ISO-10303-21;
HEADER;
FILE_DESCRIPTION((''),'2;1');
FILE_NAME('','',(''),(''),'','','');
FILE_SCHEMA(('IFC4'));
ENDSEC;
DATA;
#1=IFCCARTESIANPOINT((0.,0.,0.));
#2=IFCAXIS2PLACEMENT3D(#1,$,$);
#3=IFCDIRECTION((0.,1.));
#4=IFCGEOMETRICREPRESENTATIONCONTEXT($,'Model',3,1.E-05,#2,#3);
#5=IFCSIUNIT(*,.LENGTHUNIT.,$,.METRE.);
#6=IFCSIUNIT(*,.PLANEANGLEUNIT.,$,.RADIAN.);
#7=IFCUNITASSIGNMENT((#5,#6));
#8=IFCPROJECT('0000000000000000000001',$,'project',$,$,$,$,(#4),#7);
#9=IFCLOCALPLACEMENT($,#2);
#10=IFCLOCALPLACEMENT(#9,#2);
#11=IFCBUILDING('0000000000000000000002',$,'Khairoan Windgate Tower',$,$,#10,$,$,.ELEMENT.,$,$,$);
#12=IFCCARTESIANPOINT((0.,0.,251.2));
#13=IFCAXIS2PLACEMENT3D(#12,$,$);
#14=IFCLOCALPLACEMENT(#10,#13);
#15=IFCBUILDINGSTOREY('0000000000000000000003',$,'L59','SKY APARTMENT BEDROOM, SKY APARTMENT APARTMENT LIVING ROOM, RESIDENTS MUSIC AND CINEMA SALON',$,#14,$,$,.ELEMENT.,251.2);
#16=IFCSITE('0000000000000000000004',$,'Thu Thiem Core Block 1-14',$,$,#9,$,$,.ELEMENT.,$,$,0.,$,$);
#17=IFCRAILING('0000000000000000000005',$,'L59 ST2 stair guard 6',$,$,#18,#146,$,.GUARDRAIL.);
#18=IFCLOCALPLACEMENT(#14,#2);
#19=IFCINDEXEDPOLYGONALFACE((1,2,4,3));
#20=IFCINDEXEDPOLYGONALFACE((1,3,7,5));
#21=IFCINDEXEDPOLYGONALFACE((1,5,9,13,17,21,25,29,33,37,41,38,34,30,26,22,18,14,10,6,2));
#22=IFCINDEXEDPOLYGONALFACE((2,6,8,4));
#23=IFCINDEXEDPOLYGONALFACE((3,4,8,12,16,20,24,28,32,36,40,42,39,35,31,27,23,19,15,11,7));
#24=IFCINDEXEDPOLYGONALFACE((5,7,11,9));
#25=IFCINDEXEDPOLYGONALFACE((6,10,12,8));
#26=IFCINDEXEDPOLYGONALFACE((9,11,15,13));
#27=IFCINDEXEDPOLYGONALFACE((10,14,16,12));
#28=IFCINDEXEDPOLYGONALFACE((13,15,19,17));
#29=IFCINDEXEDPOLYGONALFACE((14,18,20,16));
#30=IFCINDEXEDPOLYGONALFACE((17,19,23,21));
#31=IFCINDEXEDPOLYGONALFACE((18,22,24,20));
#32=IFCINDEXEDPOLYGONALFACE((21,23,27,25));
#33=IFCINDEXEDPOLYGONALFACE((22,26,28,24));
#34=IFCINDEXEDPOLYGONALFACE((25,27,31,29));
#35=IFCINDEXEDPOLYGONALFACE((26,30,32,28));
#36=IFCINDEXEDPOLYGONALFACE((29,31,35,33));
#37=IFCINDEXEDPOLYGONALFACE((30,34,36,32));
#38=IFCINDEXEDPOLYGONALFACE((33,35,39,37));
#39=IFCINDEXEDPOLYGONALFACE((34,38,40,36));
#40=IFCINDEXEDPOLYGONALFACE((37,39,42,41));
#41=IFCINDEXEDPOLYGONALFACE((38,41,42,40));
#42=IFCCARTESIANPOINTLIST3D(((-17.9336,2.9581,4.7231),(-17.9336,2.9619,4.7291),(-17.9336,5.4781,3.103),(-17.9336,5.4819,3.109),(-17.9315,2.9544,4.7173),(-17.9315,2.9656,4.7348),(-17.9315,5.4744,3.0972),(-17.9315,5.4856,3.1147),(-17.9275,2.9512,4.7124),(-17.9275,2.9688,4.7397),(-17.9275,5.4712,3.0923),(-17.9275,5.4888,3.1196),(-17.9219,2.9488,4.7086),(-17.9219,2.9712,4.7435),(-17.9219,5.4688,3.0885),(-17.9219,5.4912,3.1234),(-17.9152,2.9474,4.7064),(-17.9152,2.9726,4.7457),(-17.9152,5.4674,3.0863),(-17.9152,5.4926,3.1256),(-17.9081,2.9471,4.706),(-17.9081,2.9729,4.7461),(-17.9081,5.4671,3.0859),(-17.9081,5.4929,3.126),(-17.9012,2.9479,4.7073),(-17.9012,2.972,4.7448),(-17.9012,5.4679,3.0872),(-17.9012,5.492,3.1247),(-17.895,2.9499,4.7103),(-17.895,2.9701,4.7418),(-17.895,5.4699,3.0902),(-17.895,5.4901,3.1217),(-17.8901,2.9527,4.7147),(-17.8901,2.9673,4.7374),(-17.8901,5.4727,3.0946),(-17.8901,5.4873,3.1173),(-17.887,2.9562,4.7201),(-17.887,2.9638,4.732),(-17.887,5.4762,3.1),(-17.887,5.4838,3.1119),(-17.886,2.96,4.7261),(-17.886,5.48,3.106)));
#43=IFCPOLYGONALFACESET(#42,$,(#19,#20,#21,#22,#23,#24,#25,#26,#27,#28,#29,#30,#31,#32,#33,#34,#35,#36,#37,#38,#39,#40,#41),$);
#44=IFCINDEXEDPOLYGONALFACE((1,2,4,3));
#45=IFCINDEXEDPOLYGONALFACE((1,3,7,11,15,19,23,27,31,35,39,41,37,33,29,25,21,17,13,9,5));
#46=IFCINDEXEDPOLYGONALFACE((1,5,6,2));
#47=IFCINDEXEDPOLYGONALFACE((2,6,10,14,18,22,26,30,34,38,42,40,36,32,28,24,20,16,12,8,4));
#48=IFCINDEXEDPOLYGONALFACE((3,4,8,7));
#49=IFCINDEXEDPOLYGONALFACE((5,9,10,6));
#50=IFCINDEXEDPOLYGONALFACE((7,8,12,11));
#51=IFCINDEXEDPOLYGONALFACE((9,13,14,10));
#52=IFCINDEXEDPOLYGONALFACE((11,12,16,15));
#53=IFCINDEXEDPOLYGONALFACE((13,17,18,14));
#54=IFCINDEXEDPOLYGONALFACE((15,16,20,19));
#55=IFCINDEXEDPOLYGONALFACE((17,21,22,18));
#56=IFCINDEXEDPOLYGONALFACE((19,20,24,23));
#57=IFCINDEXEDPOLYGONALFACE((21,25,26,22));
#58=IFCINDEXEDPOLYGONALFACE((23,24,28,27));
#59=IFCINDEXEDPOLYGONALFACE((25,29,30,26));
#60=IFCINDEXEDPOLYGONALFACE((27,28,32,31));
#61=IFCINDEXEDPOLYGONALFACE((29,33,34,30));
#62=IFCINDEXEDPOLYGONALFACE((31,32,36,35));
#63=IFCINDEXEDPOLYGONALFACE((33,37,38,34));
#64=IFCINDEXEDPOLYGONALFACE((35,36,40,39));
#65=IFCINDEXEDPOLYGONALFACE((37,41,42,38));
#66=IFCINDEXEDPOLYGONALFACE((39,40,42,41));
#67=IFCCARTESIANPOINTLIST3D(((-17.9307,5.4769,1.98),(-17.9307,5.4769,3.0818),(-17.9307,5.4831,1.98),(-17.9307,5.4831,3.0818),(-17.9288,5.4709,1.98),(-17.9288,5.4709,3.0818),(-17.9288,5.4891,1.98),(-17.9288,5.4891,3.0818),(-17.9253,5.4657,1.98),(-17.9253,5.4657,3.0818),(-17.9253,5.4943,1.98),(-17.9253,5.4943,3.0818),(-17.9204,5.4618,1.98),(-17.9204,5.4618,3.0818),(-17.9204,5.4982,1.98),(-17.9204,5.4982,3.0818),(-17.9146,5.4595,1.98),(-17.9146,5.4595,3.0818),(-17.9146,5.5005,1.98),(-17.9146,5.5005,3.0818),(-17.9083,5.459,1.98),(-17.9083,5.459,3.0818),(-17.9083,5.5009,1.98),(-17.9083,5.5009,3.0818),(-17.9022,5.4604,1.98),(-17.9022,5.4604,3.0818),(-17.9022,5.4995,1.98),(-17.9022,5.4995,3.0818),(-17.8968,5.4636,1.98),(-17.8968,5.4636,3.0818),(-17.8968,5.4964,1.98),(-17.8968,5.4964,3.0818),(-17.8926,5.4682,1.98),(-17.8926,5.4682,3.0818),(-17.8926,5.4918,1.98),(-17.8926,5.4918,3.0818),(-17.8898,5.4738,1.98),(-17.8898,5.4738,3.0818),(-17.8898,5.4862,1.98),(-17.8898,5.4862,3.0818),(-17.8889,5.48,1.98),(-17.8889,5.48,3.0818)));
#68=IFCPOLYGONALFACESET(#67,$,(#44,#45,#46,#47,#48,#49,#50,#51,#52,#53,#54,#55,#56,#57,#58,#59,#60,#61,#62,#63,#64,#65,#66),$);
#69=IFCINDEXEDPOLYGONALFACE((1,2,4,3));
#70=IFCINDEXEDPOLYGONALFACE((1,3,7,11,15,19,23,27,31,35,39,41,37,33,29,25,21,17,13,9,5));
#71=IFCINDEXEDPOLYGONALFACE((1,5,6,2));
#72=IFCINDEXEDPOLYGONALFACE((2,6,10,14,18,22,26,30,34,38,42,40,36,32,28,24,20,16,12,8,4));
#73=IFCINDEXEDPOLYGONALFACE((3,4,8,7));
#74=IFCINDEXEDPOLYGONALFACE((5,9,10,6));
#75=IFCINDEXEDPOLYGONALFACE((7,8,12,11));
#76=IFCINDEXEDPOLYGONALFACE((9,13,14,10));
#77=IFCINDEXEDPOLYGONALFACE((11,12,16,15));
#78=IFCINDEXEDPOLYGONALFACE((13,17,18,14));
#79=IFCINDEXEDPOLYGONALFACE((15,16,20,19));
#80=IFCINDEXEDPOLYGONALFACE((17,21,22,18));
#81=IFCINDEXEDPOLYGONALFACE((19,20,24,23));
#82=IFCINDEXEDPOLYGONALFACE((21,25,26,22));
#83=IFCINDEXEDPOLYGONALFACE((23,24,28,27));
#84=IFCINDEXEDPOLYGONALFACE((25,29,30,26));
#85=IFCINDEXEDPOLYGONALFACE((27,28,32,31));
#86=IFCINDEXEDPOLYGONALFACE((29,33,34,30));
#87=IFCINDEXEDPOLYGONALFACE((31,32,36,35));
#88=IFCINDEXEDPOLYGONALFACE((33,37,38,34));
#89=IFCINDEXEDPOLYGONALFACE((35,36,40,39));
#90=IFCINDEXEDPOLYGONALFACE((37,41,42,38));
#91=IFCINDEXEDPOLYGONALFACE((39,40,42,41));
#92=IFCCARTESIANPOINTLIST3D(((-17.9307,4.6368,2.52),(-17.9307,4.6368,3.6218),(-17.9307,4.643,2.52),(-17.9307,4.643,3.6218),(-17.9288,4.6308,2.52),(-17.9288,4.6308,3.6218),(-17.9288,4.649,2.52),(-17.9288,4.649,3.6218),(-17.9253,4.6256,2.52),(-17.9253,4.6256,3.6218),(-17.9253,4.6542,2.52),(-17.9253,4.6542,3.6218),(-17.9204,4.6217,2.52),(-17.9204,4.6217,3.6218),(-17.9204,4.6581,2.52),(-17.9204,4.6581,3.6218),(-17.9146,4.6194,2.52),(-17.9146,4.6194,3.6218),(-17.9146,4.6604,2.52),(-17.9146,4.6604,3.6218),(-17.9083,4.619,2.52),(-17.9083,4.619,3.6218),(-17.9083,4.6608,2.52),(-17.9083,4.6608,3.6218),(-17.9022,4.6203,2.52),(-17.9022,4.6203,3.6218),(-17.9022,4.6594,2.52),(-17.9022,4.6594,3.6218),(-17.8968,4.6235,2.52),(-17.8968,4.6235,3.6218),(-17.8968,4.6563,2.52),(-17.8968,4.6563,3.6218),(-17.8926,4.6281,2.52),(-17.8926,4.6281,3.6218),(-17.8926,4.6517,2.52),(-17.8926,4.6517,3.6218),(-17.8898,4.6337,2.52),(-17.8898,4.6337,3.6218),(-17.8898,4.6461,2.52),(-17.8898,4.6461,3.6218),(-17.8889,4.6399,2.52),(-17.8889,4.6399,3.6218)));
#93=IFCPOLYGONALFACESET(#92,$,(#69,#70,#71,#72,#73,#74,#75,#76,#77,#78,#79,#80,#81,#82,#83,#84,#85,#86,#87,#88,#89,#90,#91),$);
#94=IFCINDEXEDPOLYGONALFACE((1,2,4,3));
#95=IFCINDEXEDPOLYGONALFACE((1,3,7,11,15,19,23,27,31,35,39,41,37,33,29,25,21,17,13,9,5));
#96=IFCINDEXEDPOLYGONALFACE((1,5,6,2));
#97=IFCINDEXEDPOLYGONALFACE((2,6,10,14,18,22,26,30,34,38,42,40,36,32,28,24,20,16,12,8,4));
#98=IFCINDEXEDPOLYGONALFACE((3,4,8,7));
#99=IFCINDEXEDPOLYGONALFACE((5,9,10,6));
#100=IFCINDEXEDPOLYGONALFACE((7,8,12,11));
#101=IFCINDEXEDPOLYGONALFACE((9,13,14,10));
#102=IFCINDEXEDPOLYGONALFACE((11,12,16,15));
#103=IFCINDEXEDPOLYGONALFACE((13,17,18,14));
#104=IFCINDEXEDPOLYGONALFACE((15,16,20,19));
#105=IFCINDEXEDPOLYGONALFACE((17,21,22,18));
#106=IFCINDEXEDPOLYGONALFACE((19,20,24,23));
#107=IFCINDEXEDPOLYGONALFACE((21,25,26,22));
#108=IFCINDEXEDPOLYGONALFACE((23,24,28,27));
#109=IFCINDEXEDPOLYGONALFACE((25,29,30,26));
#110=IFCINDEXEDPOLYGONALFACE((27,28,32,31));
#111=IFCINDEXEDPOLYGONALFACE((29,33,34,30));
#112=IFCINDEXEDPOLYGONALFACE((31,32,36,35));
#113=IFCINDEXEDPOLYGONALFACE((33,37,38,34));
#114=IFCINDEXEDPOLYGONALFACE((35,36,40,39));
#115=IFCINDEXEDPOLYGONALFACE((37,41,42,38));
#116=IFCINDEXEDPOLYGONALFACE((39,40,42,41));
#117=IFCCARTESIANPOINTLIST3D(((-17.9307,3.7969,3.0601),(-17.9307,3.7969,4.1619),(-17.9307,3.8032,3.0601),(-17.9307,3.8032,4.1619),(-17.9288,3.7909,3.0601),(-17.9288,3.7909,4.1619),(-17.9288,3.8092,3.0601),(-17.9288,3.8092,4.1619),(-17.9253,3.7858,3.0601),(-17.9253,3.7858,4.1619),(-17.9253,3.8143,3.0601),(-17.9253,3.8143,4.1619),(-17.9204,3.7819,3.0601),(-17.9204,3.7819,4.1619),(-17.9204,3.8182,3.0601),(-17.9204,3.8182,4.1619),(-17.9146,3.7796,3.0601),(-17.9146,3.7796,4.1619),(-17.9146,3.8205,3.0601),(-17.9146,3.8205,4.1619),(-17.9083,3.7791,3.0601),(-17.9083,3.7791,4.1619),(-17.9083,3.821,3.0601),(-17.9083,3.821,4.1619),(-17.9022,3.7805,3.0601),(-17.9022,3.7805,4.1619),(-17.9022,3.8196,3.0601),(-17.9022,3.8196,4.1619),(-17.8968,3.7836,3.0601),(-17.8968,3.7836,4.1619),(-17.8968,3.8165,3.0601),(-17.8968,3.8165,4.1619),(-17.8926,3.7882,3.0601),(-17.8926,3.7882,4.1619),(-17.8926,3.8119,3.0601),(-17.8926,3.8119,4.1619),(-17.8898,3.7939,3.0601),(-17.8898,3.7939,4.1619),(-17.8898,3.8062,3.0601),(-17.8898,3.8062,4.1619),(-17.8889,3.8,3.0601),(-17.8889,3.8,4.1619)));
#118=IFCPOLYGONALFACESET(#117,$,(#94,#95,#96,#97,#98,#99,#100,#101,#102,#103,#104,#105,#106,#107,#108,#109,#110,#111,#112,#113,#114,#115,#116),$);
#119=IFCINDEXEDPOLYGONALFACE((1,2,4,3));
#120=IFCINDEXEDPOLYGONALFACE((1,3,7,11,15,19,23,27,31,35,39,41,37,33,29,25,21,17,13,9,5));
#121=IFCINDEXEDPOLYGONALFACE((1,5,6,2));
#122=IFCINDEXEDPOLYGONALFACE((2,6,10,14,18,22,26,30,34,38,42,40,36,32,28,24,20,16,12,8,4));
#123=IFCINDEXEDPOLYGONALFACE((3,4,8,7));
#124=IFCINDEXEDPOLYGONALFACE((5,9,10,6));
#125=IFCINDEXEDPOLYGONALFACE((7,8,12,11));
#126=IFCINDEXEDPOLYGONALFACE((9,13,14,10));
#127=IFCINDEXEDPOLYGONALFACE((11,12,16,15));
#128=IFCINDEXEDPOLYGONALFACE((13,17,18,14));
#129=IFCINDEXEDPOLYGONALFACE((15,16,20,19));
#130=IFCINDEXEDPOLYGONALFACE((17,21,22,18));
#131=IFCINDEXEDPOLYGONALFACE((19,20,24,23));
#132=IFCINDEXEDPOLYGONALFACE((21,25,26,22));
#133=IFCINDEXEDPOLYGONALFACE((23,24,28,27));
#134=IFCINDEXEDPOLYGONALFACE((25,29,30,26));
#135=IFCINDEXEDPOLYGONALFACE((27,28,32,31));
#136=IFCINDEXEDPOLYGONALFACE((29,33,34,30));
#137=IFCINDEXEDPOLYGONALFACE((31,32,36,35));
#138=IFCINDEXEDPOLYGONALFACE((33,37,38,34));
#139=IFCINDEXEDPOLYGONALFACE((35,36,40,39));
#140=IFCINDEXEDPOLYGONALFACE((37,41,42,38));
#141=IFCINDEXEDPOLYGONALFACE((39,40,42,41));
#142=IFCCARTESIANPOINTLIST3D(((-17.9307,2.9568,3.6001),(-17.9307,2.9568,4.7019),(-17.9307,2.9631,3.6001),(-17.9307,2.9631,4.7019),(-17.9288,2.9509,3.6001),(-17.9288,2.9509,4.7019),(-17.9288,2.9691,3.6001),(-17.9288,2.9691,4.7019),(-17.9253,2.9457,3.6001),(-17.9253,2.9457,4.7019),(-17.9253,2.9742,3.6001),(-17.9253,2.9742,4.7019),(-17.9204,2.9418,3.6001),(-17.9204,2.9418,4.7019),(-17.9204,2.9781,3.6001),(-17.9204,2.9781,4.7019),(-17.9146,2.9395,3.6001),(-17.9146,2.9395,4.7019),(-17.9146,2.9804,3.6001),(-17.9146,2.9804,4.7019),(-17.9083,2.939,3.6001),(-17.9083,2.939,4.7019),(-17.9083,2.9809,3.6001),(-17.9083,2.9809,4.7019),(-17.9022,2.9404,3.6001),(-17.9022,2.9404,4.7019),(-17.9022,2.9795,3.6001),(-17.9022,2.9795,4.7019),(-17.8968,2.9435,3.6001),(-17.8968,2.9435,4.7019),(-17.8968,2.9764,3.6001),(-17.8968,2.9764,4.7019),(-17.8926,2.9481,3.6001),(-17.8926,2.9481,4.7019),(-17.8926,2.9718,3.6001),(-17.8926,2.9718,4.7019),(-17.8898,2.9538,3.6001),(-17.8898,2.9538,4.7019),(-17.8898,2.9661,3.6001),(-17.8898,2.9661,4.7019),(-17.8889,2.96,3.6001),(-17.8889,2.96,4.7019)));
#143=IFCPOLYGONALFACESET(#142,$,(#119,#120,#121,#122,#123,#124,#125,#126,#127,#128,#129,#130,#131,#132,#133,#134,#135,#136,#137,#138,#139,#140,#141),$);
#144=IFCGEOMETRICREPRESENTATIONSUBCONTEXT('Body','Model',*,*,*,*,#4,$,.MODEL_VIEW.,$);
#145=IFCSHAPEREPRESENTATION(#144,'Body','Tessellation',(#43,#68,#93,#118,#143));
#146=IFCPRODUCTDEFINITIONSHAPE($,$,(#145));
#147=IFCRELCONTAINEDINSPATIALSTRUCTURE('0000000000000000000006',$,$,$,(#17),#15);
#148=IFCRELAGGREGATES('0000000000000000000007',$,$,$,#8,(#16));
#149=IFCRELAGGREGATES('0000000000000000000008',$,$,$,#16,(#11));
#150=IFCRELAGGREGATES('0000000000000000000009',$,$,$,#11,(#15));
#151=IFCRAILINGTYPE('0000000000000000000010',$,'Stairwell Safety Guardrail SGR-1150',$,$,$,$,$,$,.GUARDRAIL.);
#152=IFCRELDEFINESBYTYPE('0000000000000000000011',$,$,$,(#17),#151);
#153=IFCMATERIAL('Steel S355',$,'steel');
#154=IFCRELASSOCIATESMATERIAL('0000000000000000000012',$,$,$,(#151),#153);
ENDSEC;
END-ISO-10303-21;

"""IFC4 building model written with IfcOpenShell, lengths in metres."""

from ifc_helpers import new_model, si_unit, direction, frame, origin, origin_2d, place, context, subcontext, project, spatial, circle, extrude, material, type_object, element, save


model = new_model("IFC4")

# Units and contexts
model_context = context("Model", 3, precision=1e-05, world=origin(), true_north=direction((0.0, 1.0)))
body_context = subcontext(model_context, "Body", "Model", "MODEL_VIEW")
ifc_project = project(units=[si_unit("LENGTHUNIT", "METRE"), si_unit("PLANEANGLEUNIT", "RADIAN")], contexts=[model_context])

# Site, building, storey
site_placement = place(None, origin())
site = spatial("IfcSite", under=ifc_project, at=site_placement, Name="Thu Thiem Core Block 1-14", CompositionType="ELEMENT", RefElevation=0.0)
building_placement = place(site_placement, origin())
building = spatial("IfcBuilding", under=site, at=building_placement, Name="Khairoan Windgate Tower", CompositionType="ELEMENT")
storey_placement = place(building_placement, frame((0.0, 0.0, 251.2)))
storey = spatial("IfcBuildingStorey", under=building, at=storey_placement, Name="L59", Description="SKY APARTMENT BEDROOM, SKY APARTMENT APARTMENT LIVING ROOM, RESIDENTS MUSIC AND CINEMA SALON", CompositionType="ELEMENT", Elevation=251.2)

# Railing
ifc_material_1 = material(Name="Steel S355", Category="steel")
railing_type_1 = type_object("IfcRailingType", Name="Stairwell Safety Guardrail SGR-1150", PredefinedType="GUARDRAIL", material=ifc_material_1)
railing_1_placement = place(storey_placement, frame((-17.9099, 5.48, 1.98)))
element("IfcRailing", 1, at=railing_1_placement, inside=storey, type_object=railing_type_1, Name="L59 ST2 stair guard 6", PredefinedType="GUARDRAIL", context=body_context, shape_type="SweptSolid", body=[
    extrude(circle(Radius=0.0239, at=origin_2d()), frame((0.0, 0.0, 1.126), z_axis=(0.0, -0.841163, 0.540782), x_axis=(1.0, 0.0, 0.0)), (0.0, 0.0, 1.0), 2.9958),
    extrude(circle(Radius=0.021, at=origin_2d()), origin(), (0.0, 0.0, 1.0), 1.1018),
    extrude(circle(Radius=0.021, at=origin_2d()), frame((0.0, -0.8401, 0.54)), (0.0, 0.0, 1.0), 1.1018),
    extrude(circle(Radius=0.021, at=origin_2d()), frame((0.0, -1.6799, 1.0801)), (0.0, 0.0, 1.0), 1.1018),
    extrude(circle(Radius=0.021, at=origin_2d()), frame((0.0, -2.52, 1.6201)), (0.0, 0.0, 1.0), 1.1018),
])

save(model, "model.ifc")
